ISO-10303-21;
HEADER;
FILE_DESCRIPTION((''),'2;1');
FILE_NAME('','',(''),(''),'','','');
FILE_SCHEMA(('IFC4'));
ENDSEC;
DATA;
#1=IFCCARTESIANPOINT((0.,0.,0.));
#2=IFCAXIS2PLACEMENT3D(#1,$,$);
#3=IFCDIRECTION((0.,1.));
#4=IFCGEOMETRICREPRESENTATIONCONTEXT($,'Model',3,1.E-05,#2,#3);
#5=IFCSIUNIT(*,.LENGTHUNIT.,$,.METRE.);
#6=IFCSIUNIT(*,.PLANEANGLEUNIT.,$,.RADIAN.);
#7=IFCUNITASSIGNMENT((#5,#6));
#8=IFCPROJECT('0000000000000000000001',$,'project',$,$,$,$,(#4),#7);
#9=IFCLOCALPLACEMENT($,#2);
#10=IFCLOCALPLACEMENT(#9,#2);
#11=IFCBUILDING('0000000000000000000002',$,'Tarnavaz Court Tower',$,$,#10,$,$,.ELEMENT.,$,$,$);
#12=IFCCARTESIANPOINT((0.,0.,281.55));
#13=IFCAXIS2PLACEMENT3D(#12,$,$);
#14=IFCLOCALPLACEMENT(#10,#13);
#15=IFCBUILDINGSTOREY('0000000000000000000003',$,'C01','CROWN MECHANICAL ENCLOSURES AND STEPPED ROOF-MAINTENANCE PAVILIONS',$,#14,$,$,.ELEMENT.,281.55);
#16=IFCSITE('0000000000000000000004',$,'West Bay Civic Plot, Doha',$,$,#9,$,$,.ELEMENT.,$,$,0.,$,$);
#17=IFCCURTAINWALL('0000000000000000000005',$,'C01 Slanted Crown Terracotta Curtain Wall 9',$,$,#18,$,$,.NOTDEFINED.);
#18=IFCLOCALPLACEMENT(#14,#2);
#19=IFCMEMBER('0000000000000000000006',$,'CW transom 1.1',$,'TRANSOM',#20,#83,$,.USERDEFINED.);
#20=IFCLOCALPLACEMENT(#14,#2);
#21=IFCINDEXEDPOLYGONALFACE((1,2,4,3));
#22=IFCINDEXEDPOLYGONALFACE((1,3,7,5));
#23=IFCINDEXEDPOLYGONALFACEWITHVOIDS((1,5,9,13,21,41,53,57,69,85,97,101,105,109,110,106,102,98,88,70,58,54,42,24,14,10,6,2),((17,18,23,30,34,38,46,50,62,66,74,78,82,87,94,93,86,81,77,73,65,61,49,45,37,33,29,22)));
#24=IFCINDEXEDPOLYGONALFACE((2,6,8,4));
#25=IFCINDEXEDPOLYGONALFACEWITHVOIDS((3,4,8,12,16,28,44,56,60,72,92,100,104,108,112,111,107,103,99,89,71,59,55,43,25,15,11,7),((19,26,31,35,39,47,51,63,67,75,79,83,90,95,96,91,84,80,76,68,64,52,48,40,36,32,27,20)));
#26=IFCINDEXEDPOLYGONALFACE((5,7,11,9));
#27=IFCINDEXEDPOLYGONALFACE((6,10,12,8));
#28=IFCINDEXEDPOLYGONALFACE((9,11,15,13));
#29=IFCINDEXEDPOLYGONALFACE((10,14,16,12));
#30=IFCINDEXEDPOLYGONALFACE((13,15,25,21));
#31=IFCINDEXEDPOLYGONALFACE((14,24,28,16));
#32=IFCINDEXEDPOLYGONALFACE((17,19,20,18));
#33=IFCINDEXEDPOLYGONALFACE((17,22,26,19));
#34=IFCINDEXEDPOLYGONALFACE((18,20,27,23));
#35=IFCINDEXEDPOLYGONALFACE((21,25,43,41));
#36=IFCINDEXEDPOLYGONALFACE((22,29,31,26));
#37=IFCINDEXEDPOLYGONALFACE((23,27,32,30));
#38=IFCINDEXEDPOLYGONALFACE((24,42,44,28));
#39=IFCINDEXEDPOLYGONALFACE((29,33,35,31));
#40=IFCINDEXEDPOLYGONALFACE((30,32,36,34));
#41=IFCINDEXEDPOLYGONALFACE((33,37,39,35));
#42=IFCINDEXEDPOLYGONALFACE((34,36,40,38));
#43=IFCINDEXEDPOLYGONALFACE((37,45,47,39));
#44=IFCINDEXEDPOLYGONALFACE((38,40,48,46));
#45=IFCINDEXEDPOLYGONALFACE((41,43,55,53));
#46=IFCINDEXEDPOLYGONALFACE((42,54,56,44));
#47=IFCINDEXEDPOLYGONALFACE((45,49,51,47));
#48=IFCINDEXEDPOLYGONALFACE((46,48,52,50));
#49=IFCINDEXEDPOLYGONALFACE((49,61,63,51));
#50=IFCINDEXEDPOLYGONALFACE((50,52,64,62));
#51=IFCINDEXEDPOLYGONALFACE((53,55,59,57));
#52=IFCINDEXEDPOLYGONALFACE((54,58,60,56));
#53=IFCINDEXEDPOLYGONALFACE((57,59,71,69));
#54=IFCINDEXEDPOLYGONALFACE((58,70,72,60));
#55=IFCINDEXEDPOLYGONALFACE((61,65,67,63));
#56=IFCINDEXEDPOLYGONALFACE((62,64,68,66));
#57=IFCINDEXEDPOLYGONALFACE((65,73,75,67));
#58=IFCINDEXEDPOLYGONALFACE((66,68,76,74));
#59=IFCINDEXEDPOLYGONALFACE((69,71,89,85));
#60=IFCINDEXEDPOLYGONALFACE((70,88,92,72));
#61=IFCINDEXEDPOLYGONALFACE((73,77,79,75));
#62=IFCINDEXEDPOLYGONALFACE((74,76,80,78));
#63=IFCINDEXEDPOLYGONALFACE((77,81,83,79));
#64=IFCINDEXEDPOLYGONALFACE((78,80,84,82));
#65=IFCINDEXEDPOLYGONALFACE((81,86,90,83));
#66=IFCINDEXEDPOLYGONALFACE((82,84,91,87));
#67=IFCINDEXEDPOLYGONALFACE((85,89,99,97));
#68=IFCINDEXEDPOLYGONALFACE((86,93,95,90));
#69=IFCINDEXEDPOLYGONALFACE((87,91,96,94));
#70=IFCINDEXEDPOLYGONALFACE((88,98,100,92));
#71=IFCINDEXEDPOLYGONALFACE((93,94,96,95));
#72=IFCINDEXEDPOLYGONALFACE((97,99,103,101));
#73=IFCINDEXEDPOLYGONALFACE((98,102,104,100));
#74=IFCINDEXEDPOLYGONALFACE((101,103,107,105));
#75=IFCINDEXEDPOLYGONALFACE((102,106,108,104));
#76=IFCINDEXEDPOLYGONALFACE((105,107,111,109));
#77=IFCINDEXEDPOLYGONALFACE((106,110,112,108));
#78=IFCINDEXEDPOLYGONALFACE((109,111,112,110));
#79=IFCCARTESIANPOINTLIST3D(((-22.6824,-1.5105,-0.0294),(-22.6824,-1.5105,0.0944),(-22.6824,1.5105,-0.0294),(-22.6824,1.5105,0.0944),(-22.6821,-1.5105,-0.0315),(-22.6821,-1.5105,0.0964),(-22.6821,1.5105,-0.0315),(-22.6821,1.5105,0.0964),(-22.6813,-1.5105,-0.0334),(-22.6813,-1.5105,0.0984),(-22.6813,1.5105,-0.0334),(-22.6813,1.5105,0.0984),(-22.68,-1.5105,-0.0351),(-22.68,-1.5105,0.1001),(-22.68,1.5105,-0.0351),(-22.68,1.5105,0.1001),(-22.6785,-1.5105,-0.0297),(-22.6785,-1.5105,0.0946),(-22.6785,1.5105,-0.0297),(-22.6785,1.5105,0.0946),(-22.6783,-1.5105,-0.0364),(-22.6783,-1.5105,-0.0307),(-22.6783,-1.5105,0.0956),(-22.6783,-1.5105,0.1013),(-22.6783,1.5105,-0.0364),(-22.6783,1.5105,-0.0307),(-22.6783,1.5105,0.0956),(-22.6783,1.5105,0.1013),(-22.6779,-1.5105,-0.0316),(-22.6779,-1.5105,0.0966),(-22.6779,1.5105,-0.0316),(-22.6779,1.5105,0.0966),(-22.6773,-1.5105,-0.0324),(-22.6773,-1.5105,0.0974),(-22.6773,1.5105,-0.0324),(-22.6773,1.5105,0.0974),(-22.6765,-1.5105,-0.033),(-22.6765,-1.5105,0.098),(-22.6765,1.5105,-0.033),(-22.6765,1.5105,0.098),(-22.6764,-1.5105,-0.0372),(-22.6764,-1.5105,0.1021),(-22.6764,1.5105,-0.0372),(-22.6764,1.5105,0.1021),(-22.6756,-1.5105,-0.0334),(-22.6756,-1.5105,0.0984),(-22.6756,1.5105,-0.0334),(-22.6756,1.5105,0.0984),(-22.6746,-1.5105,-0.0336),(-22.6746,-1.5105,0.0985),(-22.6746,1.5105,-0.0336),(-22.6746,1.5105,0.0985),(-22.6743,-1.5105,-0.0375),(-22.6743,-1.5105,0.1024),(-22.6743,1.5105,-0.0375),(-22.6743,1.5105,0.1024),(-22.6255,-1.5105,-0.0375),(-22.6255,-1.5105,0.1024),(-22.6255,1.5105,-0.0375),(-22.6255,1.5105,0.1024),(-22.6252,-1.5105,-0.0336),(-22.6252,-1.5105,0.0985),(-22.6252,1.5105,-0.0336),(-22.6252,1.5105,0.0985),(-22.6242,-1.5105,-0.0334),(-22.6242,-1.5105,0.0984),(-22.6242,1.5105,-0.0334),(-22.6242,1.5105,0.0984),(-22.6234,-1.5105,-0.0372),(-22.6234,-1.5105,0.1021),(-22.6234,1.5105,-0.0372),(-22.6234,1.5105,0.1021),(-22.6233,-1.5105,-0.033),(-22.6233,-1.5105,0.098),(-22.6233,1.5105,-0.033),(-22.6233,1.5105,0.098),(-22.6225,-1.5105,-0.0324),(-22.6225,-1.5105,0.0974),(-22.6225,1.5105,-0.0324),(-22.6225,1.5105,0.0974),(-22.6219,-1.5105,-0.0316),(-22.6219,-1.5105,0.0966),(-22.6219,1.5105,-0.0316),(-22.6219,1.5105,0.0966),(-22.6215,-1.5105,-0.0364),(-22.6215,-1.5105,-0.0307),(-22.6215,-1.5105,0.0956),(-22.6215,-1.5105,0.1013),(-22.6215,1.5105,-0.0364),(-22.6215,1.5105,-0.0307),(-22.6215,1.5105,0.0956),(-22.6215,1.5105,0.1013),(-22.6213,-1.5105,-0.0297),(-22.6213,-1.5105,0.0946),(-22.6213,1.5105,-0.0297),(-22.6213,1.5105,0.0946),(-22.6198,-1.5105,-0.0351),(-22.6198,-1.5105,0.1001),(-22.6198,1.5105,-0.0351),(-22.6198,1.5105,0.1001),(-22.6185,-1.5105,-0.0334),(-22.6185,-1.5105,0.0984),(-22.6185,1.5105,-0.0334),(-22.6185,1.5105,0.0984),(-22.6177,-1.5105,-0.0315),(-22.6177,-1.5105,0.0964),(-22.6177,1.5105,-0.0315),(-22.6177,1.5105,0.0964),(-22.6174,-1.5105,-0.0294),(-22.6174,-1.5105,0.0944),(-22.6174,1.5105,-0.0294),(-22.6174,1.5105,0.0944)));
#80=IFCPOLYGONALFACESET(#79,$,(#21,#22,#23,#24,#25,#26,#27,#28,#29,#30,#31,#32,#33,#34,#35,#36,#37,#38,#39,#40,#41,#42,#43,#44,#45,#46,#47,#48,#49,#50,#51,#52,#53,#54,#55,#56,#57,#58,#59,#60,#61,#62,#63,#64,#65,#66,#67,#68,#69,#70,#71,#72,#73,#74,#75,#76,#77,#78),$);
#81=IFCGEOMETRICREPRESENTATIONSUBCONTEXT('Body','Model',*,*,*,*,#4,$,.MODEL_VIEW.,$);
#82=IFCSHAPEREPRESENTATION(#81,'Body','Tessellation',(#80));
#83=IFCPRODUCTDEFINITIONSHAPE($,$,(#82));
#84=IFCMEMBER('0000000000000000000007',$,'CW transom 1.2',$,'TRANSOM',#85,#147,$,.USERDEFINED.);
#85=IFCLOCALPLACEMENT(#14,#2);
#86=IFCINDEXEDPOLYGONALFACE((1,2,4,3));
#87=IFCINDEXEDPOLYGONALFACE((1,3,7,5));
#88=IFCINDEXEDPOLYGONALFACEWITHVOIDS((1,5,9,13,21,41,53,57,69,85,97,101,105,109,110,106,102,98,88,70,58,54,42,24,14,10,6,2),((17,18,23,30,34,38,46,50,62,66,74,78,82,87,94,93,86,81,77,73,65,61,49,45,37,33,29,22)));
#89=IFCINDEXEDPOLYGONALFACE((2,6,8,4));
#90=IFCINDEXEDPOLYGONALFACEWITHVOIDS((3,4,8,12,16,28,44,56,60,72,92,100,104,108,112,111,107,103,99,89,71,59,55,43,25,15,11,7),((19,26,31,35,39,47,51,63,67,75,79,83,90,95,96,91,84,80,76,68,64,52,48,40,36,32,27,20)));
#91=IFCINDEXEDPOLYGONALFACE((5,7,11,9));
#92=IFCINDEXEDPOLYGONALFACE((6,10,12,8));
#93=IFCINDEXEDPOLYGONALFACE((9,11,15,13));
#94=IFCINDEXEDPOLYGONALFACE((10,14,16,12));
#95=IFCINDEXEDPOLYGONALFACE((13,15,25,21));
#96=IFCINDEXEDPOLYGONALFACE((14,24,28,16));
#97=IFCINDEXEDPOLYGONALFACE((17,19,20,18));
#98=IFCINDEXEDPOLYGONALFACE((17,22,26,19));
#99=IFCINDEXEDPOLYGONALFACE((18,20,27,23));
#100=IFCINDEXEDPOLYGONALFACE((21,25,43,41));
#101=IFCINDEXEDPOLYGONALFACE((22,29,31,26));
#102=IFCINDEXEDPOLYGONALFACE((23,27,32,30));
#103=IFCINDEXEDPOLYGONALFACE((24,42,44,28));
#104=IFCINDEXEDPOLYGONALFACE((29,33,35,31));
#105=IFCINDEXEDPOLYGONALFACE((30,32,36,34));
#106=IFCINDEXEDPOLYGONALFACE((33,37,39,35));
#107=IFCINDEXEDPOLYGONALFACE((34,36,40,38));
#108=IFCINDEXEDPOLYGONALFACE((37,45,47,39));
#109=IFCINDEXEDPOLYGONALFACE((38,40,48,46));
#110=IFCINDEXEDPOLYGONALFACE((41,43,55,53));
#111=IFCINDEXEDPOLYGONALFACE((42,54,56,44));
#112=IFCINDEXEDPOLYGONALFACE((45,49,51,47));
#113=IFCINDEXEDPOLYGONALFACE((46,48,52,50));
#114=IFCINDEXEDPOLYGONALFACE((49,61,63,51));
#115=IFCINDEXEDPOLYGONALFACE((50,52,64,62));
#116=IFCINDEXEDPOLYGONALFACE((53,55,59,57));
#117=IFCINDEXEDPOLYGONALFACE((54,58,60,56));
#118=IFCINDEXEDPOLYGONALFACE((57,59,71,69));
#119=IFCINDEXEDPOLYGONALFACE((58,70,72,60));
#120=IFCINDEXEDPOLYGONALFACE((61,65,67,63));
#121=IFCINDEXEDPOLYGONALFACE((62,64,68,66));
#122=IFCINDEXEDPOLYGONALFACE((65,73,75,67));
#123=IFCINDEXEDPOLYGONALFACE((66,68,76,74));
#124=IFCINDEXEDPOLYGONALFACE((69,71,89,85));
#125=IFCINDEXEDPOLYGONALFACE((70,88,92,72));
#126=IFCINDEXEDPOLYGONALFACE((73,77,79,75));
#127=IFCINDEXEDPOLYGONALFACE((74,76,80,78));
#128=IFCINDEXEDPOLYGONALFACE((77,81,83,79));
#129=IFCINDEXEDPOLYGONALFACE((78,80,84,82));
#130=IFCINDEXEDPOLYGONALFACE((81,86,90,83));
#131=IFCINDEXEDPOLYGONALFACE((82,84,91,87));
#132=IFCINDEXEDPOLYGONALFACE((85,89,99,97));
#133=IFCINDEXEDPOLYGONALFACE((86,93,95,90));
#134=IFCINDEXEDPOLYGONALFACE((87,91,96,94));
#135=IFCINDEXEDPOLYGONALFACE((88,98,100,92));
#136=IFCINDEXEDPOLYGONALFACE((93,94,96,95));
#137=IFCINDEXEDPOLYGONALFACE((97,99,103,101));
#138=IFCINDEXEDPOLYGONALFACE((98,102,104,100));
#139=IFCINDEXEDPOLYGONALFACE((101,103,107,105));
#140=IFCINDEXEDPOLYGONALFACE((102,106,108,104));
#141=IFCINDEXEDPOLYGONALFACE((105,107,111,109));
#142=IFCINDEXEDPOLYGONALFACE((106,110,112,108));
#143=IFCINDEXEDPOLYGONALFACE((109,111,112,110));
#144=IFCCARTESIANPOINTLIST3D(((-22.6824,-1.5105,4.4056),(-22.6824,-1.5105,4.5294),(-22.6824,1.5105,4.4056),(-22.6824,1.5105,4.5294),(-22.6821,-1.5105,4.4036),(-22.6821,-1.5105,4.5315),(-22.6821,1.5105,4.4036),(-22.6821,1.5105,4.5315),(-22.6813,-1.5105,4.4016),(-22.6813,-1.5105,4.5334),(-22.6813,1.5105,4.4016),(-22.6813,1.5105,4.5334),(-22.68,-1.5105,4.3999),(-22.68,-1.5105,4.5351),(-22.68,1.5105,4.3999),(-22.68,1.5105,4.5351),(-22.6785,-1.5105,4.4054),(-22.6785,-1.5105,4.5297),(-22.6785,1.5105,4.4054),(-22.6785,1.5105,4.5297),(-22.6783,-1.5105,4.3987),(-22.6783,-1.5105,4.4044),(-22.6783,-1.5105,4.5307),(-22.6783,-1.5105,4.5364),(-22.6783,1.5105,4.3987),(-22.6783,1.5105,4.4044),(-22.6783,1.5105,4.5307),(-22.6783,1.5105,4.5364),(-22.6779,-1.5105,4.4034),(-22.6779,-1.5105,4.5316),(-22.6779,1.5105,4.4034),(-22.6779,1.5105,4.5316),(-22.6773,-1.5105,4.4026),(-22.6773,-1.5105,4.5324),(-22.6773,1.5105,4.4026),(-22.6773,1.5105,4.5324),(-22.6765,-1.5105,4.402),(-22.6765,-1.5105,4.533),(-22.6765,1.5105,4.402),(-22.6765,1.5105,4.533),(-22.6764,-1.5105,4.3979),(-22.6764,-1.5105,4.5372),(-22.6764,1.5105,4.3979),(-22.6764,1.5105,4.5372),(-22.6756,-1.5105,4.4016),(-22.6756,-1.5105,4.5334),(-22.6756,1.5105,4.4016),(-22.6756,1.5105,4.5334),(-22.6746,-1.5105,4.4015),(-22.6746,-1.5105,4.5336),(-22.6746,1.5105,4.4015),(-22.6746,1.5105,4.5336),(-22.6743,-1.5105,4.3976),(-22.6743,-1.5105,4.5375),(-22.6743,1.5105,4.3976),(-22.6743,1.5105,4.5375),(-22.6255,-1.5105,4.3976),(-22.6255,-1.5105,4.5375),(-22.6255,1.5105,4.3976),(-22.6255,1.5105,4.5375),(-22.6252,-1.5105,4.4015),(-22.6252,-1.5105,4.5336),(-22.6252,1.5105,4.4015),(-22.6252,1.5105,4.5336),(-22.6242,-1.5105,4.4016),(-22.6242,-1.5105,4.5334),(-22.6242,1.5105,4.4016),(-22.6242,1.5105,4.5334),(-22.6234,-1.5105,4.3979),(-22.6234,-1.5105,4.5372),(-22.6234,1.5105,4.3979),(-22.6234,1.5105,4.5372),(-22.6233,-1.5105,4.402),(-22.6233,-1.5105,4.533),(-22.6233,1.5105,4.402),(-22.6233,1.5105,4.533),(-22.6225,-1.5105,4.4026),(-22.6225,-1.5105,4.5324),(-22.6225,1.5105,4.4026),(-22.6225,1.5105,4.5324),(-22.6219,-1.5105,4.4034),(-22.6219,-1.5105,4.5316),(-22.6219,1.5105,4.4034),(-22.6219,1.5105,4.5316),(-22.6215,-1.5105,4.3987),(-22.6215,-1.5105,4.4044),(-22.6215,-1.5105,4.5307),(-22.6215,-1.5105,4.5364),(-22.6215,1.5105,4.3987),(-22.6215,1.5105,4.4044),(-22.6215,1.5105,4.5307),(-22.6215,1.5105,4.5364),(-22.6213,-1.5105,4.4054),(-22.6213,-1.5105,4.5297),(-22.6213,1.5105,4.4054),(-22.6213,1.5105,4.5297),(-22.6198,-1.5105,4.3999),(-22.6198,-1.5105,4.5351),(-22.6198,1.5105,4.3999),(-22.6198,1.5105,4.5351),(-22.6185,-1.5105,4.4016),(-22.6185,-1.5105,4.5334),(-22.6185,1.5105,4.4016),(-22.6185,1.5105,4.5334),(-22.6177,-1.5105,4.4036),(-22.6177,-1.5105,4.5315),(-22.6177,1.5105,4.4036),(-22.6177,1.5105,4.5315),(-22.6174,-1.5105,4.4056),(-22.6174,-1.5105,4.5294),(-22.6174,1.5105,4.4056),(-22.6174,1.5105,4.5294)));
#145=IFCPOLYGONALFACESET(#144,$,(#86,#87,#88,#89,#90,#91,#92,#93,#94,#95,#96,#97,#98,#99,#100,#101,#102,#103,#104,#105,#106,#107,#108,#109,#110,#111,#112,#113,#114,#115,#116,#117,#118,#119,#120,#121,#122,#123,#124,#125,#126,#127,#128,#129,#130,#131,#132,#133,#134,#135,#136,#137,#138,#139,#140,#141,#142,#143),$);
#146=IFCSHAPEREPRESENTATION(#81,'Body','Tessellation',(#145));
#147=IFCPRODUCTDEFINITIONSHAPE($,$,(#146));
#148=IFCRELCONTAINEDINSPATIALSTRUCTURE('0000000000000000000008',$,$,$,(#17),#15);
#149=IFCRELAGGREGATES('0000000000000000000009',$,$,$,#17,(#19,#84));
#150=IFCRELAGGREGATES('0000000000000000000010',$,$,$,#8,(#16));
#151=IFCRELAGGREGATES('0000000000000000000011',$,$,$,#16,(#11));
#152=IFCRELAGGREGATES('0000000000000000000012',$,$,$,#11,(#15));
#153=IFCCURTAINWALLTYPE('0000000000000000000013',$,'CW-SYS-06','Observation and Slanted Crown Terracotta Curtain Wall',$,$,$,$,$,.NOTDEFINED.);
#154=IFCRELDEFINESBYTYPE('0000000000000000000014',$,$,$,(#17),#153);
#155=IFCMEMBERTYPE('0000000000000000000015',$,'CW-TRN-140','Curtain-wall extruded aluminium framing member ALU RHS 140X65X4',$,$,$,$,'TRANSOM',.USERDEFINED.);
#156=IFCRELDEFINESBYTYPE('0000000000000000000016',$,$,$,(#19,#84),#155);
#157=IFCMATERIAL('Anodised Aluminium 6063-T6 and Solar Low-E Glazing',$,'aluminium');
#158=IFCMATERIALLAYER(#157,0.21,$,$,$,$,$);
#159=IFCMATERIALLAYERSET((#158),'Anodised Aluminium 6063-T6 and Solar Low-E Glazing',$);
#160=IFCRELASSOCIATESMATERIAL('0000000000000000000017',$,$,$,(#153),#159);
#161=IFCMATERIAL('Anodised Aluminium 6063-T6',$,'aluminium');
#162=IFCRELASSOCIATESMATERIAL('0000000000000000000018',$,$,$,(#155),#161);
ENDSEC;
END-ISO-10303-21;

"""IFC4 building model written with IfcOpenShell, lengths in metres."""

from ifc_helpers import new_model, si_unit, direction, frame, origin, origin_2d, place, context, subcontext, project, spatial, hollow_rectangle, extrude, material, layer, layer_set, material_profile, profile_set, type_object, element, aggregate, save


model = new_model("IFC4")

# Units and contexts
model_context = context("Model", 3, precision=1e-05, world=origin(), true_north=direction((0.0, 1.0)))
body_context = subcontext(model_context, "Body", "Model", "MODEL_VIEW")
ifc_project = project(units=[si_unit("LENGTHUNIT", "METRE"), si_unit("PLANEANGLEUNIT", "RADIAN")], contexts=[model_context])

# Site, building, storey
site_placement = place(None, origin())
site = spatial("IfcSite", under=ifc_project, at=site_placement, Name="West Bay Civic Plot, Doha", CompositionType="ELEMENT", RefElevation=0.0)
building_placement = place(site_placement, origin())
building = spatial("IfcBuilding", under=site, at=building_placement, Name="Tarnavaz Court Tower", CompositionType="ELEMENT")
storey_placement = place(building_placement, frame((0.0, 0.0, 281.55)))
storey = spatial("IfcBuildingStorey", under=building, at=storey_placement, Name="C01", Description="CROWN MECHANICAL ENCLOSURES AND STEPPED ROOF-MAINTENANCE PAVILIONS", CompositionType="ELEMENT", Elevation=281.55)

# Shared definitions
ifc_material_1 = material(Name="Anodised Aluminium 6063-T6 and Solar Low-E Glazing", Category="aluminium")
ifc_layer_1 = layer(ifc_material_1, 0.21)
ifc_layer_set_1 = layer_set([ifc_layer_1], Name="Anodised Aluminium 6063-T6 and Solar Low-E Glazing")
curtain_wall_type = type_object("IfcCurtainWallType", Name="CW-SYS-06", Description="Observation and Slanted Crown Terracotta Curtain Wall", PredefinedType="NOTDEFINED", material=ifc_layer_set_1)
ifc_material_2 = material(Name="Anodised Aluminium 6063-T6", Category="aluminium")

# Curtain wall
curtain_wall_1_placement = place(storey_placement, origin())
curtain_wall_1 = element("IfcCurtainWall", 1, at=curtain_wall_1_placement, inside=storey, type_object=curtain_wall_type, Name="C01 Slanted Crown Terracotta Curtain Wall 9", PredefinedType="NOTDEFINED")

# Members
ifc_material_profile_1 = material_profile(ifc_material_2, hollow_rectangle(XDim=0.0649, YDim=0.1399, WallThickness=0.0039, InnerFilletRadius=0.0039, OuterFilletRadius=0.0081, at=origin_2d()), Name="ALU RHS 140X65X4")
ifc_profile_set_1 = profile_set([ifc_material_profile_1], Name="Anodised Aluminium 6063-T6")
member_type_1 = type_object("IfcMemberType", Name="CW-TRN-140", Description="Curtain-wall extruded aluminium framing member ALU RHS 140X65X4", ElementType="TRANSOM", PredefinedType="USERDEFINED", material=ifc_profile_set_1)
member_1_placement = place(storey_placement, frame((-22.6499, -1.5105, 0.0325), z_axis=(0.0, 1.0, 0.0), x_axis=(-1.0, 0.0, 0.0)))
member_1 = element("IfcMember", 2, at=member_1_placement, type_object=member_type_1, Name="CW transom 1.1", ObjectType="TRANSOM", PredefinedType="USERDEFINED", context=body_context, shape_type="SweptSolid", body=[
    extrude(hollow_rectangle(XDim=0.0649, YDim=0.1399, WallThickness=0.0039, InnerFilletRadius=0.0039, OuterFilletRadius=0.0081, at=origin_2d()), origin(), (0.0, 0.0, 1.0), 3.021),
])
member_2_placement = place(storey_placement, frame((-22.6499, -1.5105, 4.4675), z_axis=(0.0, 1.0, 0.0), x_axis=(-1.0, 0.0, 0.0)))
member_2 = element("IfcMember", 3, at=member_2_placement, type_object=member_type_1, Name="CW transom 1.2", ObjectType="TRANSOM", PredefinedType="USERDEFINED", context=body_context, shape_type="SweptSolid", body=[
    extrude(hollow_rectangle(XDim=0.0649, YDim=0.1399, WallThickness=0.0039, InnerFilletRadius=0.0039, OuterFilletRadius=0.0081, at=origin_2d()), origin(), (0.0, 0.0, 1.0), 3.021),
])

aggregate(curtain_wall_1, [member_1, member_2])

save(model, "model.ifc")
